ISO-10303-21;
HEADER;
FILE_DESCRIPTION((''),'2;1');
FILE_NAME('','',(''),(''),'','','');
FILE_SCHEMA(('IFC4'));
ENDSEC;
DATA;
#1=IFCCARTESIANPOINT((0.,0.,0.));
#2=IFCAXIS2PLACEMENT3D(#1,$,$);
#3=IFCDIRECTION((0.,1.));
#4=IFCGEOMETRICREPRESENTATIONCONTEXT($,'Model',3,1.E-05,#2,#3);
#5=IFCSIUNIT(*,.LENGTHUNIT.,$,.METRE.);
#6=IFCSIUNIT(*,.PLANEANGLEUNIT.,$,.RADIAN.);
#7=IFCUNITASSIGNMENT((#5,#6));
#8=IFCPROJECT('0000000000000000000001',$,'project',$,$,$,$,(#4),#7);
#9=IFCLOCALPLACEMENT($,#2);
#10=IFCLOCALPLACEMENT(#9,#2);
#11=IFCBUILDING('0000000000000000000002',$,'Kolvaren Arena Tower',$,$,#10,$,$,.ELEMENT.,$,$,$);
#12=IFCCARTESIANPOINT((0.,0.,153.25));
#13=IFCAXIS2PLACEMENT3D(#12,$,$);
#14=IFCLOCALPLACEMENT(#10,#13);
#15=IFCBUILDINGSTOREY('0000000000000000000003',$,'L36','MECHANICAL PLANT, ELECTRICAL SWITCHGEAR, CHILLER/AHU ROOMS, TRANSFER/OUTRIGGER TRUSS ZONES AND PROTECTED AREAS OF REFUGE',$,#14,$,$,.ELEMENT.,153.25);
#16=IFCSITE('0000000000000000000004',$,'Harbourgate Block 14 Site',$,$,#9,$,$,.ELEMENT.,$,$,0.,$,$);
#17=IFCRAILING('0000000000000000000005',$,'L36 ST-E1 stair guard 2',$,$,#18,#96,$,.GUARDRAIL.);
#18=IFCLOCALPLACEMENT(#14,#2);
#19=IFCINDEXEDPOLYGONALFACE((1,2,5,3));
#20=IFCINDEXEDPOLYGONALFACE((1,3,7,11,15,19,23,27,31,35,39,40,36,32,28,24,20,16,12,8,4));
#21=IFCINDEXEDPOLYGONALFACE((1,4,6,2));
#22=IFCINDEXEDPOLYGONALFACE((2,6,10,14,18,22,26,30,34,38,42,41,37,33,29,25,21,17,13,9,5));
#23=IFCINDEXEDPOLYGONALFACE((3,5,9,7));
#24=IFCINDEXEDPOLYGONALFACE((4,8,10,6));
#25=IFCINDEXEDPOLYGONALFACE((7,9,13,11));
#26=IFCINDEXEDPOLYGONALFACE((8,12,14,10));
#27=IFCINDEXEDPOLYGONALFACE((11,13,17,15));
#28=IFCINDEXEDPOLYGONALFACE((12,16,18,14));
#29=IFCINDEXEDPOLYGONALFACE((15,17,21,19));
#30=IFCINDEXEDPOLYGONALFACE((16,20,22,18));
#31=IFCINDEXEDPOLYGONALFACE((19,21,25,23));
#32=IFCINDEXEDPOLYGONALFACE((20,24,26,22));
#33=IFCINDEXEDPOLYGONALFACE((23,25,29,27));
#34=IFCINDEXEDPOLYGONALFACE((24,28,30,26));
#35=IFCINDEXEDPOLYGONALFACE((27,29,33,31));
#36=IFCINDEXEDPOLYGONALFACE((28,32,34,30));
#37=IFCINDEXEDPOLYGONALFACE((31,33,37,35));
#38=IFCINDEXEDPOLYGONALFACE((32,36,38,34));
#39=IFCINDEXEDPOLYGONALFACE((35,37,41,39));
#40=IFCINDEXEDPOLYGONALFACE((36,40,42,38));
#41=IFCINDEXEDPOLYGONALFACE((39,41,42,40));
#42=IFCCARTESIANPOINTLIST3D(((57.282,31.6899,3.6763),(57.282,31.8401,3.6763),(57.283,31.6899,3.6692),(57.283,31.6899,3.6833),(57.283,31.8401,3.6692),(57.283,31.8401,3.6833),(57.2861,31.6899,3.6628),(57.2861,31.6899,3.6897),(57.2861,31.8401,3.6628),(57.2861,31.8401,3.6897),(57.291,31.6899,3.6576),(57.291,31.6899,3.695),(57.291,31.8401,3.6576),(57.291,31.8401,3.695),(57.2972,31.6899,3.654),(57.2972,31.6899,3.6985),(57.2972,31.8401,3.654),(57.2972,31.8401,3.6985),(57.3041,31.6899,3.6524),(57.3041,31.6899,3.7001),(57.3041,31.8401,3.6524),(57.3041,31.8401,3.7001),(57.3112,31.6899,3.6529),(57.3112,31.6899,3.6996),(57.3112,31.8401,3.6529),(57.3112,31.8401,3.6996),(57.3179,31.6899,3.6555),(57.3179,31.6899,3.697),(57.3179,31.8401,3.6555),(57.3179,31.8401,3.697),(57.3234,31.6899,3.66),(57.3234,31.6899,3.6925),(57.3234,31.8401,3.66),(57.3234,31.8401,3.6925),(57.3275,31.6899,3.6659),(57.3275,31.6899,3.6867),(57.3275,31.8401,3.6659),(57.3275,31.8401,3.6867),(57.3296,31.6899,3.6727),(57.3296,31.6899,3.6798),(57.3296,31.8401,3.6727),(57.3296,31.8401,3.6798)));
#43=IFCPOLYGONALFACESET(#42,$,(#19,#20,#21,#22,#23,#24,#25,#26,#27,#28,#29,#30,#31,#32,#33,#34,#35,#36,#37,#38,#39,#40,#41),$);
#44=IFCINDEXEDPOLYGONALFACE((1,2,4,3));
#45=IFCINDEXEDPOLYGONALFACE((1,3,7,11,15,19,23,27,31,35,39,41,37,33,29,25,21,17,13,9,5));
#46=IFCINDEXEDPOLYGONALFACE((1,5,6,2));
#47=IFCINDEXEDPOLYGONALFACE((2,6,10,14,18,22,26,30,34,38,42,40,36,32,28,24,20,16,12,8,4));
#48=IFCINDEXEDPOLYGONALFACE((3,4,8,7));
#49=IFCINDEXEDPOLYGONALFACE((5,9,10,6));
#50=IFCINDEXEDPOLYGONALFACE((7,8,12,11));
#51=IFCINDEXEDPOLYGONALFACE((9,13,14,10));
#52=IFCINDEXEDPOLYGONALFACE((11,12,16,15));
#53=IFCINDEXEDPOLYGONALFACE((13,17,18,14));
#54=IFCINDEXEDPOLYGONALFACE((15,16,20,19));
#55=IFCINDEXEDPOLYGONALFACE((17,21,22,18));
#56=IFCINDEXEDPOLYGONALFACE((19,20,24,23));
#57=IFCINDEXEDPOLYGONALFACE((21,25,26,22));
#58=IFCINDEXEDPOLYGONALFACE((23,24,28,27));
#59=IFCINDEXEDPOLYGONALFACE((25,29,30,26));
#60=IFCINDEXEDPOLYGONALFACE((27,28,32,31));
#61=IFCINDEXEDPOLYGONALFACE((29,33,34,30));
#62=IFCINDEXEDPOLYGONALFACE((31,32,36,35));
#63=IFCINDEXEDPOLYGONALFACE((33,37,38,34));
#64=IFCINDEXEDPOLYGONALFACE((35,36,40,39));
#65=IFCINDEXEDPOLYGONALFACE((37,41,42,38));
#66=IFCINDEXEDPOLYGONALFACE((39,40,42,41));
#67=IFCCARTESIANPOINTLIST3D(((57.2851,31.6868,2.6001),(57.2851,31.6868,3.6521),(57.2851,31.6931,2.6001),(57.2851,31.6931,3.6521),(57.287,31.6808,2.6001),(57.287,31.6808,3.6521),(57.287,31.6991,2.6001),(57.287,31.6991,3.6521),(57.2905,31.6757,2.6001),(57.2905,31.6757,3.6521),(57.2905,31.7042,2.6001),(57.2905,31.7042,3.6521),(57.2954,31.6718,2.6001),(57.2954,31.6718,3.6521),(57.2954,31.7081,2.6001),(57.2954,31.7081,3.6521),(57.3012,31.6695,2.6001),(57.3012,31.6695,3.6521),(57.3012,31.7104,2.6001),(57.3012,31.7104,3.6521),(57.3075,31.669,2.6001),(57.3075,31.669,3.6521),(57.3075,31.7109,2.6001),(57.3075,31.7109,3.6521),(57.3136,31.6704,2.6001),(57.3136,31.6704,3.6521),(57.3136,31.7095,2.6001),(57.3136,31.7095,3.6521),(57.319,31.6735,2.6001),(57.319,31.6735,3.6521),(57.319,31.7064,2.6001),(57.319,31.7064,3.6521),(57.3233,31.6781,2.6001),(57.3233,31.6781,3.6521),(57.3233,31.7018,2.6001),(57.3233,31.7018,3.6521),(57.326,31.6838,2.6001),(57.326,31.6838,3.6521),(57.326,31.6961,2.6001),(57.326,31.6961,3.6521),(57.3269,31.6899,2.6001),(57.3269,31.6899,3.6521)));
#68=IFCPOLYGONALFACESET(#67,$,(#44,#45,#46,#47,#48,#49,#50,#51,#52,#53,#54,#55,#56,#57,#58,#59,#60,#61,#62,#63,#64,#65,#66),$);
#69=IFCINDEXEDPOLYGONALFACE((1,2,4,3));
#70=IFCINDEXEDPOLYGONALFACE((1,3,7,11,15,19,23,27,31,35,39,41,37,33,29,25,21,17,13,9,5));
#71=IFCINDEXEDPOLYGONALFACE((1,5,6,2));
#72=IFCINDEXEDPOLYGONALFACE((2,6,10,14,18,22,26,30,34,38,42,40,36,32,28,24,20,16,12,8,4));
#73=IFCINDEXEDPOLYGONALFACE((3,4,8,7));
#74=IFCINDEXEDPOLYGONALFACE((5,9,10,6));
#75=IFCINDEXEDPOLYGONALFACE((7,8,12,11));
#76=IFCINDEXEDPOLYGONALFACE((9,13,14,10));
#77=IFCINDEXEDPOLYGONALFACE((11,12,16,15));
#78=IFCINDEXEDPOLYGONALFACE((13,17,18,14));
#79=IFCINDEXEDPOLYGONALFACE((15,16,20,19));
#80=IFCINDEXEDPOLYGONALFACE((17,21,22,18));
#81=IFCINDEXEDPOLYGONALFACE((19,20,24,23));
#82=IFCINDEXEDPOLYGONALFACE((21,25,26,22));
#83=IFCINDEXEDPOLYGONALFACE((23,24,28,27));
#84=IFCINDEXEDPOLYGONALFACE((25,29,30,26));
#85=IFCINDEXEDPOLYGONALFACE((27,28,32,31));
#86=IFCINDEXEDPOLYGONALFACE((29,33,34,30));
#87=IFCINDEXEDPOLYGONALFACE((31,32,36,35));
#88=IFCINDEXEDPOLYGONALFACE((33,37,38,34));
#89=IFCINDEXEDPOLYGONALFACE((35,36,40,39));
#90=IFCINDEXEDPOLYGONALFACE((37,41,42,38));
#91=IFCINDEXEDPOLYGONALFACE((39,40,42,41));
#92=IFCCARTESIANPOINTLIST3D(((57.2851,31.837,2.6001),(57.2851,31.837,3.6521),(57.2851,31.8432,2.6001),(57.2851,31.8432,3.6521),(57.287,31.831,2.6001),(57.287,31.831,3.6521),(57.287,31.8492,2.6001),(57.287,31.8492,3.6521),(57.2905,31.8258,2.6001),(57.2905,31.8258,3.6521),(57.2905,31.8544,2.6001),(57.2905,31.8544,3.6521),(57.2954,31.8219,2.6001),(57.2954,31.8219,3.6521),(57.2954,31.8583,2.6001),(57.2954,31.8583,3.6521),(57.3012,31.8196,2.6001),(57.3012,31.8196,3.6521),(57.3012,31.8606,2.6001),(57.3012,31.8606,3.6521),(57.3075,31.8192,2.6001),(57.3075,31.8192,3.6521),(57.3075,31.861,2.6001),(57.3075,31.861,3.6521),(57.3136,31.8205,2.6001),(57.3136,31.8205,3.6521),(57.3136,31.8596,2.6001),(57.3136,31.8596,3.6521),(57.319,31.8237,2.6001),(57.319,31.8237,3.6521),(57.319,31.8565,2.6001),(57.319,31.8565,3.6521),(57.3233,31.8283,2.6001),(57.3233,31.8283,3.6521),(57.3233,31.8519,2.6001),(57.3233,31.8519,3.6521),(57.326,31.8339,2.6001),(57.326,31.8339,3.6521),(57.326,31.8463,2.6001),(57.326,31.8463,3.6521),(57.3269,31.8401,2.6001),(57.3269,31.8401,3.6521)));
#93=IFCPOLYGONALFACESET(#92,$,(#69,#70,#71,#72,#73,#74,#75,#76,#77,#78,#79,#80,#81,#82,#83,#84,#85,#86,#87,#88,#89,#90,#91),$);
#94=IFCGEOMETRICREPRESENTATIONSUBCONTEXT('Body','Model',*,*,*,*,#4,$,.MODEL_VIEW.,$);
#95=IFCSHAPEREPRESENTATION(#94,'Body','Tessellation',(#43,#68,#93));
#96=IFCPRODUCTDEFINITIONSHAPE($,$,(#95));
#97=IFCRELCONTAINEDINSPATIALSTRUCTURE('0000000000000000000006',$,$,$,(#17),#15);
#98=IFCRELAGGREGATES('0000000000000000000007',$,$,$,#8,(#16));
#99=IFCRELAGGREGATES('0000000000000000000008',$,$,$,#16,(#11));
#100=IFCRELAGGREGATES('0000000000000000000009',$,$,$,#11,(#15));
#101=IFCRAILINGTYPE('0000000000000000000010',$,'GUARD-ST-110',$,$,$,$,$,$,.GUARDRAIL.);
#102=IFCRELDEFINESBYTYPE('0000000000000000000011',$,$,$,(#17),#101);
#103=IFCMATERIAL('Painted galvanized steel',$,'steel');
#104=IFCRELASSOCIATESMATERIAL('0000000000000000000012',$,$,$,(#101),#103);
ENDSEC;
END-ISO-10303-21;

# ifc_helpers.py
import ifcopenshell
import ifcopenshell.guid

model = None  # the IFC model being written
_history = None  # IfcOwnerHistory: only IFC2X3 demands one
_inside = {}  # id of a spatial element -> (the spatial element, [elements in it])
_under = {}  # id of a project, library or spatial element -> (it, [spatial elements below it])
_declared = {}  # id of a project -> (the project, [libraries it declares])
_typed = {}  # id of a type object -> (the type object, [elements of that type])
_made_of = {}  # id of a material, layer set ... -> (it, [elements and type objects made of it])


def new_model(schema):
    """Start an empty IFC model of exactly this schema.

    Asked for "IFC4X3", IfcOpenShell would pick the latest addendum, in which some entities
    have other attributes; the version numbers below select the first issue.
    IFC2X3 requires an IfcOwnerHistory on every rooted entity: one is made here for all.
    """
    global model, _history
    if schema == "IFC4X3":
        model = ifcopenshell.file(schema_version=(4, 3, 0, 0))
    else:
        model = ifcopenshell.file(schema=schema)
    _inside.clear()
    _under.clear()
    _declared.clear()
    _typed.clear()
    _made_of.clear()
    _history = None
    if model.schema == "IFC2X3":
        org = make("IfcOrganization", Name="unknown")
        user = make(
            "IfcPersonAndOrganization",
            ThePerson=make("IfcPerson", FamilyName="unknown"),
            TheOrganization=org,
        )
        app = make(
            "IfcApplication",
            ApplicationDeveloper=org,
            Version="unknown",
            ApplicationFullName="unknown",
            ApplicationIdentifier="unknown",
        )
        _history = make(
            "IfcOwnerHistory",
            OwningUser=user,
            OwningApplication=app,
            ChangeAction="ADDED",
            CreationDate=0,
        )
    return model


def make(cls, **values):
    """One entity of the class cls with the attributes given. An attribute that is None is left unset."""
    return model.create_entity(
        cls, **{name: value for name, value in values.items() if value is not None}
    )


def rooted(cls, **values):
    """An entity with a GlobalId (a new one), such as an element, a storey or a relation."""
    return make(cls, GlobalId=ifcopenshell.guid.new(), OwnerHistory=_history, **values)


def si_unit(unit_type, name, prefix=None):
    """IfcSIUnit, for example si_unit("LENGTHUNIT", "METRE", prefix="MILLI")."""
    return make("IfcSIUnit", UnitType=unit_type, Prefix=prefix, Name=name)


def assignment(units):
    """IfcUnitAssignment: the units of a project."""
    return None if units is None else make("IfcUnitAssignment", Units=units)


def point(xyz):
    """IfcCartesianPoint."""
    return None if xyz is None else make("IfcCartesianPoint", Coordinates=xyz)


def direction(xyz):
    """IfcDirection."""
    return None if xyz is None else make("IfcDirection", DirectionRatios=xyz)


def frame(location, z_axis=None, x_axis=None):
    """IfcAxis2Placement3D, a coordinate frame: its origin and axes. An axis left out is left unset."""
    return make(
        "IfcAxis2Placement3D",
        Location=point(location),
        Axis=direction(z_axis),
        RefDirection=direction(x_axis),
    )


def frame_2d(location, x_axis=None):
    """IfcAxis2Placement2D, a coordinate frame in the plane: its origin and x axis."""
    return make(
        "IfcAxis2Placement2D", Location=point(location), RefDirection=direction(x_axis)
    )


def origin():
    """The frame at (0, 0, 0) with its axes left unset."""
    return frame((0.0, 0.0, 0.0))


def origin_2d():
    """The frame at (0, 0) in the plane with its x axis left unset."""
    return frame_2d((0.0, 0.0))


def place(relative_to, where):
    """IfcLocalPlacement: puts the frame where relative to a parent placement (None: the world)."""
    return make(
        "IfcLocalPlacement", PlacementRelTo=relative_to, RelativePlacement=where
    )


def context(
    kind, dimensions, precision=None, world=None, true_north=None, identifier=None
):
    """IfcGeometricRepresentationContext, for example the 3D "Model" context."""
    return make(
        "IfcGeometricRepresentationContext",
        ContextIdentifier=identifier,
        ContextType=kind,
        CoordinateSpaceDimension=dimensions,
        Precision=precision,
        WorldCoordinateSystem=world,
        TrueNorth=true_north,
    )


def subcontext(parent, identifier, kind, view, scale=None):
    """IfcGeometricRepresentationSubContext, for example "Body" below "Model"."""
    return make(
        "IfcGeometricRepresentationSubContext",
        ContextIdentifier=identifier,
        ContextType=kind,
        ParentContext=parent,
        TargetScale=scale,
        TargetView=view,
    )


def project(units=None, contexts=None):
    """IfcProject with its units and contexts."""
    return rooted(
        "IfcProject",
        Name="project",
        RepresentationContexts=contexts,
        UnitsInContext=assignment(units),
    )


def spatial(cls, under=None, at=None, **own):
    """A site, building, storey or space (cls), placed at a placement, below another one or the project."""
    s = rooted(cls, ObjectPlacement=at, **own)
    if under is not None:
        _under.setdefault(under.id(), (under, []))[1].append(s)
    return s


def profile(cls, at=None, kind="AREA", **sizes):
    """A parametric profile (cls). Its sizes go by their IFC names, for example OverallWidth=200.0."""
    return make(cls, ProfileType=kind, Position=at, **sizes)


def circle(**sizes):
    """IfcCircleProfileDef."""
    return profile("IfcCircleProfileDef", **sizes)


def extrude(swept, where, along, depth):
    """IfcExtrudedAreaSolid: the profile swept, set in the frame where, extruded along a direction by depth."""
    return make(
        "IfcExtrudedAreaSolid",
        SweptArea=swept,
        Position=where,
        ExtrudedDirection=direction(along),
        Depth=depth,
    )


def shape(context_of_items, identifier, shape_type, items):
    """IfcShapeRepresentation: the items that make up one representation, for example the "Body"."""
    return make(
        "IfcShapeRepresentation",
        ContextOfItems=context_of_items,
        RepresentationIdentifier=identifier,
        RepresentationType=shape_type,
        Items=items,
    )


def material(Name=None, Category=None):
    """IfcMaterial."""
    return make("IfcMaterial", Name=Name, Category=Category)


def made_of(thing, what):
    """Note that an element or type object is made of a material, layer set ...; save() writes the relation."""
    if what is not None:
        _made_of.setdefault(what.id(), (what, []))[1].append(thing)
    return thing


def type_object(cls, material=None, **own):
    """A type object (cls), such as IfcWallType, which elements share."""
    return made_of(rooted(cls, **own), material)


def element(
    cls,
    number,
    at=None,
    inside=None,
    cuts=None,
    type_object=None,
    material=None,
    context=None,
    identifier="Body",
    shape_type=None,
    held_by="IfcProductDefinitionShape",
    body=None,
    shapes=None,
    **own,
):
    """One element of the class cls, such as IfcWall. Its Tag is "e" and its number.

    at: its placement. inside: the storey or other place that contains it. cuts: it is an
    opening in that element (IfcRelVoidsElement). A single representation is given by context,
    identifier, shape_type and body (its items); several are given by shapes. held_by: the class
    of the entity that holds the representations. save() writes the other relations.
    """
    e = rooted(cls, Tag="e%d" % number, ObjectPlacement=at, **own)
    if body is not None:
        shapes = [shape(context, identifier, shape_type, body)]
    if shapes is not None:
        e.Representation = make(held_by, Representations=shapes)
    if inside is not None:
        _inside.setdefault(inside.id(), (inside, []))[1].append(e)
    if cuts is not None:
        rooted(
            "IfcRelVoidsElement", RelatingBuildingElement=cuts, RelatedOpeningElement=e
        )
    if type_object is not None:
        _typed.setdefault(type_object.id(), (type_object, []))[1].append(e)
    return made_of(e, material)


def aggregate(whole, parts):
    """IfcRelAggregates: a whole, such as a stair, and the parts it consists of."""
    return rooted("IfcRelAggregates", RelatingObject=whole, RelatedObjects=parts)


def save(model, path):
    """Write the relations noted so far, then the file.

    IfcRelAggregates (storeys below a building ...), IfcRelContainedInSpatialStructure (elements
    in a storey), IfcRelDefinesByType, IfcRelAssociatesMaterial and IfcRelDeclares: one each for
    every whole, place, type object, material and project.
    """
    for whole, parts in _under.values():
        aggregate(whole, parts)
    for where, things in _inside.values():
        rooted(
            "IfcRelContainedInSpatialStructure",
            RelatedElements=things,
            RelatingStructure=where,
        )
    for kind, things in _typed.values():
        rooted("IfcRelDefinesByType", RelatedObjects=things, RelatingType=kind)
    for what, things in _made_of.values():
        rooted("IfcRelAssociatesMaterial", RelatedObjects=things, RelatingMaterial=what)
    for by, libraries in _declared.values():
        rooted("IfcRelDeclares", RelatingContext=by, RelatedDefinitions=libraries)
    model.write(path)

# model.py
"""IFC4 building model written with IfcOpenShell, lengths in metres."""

from ifc_helpers import new_model, si_unit, direction, frame, origin, origin_2d, place, context, subcontext, project, spatial, circle, extrude, material, type_object, element, save


model = new_model("IFC4")

# Units and contexts
model_context = context("Model", 3, precision=1e-05, world=origin(), true_north=direction((0.0, 1.0)))
body_context = subcontext(model_context, "Body", "Model", "MODEL_VIEW")
ifc_project = project(units=[si_unit("LENGTHUNIT", "METRE"), si_unit("PLANEANGLEUNIT", "RADIAN")], contexts=[model_context])

# Site, building, storey
site_placement = place(None, origin())
site = spatial("IfcSite", under=ifc_project, at=site_placement, Name="Harbourgate Block 14 Site", CompositionType="ELEMENT", RefElevation=0.0)
building_placement = place(site_placement, origin())
building = spatial("IfcBuilding", under=site, at=building_placement, Name="Kolvaren Arena Tower", CompositionType="ELEMENT")
storey_placement = place(building_placement, frame((0.0, 0.0, 153.25)))
storey = spatial("IfcBuildingStorey", under=building, at=storey_placement, Name="L36", Description="MECHANICAL PLANT, ELECTRICAL SWITCHGEAR, CHILLER/AHU ROOMS, TRANSFER/OUTRIGGER TRUSS ZONES AND PROTECTED AREAS OF REFUGE", CompositionType="ELEMENT", Elevation=153.25)

# Railing
ifc_material_1 = material(Name="Painted galvanized steel", Category="steel")
railing_type_1 = type_object("IfcRailingType", Name="GUARD-ST-110", PredefinedType="GUARDRAIL", material=ifc_material_1)
railing_1_placement = place(storey_placement, frame((57.3059, 31.6899, 2.6001)))
element("IfcRailing", 1, at=railing_1_placement, inside=storey, type_object=railing_type_1, Name="L36 ST-E1 stair guard 2", PredefinedType="GUARDRAIL", context=body_context, shape_type="SweptSolid", body=[
    extrude(circle(Radius=0.0239, at=origin_2d()), frame((0.0, 0.0, 1.0762), z_axis=(0.0, 1.0, 0.0), x_axis=(-1.0, 0.0, 0.0)), (0.0, 0.0, 1.0), 0.1501),
    extrude(circle(Radius=0.021, at=origin_2d()), origin(), (0.0, 0.0, 1.0), 1.052),
    extrude(circle(Radius=0.021, at=origin_2d()), frame((0.0, 0.1501, 0.0)), (0.0, 0.0, 1.0), 1.052),
])

save(model, "model.ifc")
